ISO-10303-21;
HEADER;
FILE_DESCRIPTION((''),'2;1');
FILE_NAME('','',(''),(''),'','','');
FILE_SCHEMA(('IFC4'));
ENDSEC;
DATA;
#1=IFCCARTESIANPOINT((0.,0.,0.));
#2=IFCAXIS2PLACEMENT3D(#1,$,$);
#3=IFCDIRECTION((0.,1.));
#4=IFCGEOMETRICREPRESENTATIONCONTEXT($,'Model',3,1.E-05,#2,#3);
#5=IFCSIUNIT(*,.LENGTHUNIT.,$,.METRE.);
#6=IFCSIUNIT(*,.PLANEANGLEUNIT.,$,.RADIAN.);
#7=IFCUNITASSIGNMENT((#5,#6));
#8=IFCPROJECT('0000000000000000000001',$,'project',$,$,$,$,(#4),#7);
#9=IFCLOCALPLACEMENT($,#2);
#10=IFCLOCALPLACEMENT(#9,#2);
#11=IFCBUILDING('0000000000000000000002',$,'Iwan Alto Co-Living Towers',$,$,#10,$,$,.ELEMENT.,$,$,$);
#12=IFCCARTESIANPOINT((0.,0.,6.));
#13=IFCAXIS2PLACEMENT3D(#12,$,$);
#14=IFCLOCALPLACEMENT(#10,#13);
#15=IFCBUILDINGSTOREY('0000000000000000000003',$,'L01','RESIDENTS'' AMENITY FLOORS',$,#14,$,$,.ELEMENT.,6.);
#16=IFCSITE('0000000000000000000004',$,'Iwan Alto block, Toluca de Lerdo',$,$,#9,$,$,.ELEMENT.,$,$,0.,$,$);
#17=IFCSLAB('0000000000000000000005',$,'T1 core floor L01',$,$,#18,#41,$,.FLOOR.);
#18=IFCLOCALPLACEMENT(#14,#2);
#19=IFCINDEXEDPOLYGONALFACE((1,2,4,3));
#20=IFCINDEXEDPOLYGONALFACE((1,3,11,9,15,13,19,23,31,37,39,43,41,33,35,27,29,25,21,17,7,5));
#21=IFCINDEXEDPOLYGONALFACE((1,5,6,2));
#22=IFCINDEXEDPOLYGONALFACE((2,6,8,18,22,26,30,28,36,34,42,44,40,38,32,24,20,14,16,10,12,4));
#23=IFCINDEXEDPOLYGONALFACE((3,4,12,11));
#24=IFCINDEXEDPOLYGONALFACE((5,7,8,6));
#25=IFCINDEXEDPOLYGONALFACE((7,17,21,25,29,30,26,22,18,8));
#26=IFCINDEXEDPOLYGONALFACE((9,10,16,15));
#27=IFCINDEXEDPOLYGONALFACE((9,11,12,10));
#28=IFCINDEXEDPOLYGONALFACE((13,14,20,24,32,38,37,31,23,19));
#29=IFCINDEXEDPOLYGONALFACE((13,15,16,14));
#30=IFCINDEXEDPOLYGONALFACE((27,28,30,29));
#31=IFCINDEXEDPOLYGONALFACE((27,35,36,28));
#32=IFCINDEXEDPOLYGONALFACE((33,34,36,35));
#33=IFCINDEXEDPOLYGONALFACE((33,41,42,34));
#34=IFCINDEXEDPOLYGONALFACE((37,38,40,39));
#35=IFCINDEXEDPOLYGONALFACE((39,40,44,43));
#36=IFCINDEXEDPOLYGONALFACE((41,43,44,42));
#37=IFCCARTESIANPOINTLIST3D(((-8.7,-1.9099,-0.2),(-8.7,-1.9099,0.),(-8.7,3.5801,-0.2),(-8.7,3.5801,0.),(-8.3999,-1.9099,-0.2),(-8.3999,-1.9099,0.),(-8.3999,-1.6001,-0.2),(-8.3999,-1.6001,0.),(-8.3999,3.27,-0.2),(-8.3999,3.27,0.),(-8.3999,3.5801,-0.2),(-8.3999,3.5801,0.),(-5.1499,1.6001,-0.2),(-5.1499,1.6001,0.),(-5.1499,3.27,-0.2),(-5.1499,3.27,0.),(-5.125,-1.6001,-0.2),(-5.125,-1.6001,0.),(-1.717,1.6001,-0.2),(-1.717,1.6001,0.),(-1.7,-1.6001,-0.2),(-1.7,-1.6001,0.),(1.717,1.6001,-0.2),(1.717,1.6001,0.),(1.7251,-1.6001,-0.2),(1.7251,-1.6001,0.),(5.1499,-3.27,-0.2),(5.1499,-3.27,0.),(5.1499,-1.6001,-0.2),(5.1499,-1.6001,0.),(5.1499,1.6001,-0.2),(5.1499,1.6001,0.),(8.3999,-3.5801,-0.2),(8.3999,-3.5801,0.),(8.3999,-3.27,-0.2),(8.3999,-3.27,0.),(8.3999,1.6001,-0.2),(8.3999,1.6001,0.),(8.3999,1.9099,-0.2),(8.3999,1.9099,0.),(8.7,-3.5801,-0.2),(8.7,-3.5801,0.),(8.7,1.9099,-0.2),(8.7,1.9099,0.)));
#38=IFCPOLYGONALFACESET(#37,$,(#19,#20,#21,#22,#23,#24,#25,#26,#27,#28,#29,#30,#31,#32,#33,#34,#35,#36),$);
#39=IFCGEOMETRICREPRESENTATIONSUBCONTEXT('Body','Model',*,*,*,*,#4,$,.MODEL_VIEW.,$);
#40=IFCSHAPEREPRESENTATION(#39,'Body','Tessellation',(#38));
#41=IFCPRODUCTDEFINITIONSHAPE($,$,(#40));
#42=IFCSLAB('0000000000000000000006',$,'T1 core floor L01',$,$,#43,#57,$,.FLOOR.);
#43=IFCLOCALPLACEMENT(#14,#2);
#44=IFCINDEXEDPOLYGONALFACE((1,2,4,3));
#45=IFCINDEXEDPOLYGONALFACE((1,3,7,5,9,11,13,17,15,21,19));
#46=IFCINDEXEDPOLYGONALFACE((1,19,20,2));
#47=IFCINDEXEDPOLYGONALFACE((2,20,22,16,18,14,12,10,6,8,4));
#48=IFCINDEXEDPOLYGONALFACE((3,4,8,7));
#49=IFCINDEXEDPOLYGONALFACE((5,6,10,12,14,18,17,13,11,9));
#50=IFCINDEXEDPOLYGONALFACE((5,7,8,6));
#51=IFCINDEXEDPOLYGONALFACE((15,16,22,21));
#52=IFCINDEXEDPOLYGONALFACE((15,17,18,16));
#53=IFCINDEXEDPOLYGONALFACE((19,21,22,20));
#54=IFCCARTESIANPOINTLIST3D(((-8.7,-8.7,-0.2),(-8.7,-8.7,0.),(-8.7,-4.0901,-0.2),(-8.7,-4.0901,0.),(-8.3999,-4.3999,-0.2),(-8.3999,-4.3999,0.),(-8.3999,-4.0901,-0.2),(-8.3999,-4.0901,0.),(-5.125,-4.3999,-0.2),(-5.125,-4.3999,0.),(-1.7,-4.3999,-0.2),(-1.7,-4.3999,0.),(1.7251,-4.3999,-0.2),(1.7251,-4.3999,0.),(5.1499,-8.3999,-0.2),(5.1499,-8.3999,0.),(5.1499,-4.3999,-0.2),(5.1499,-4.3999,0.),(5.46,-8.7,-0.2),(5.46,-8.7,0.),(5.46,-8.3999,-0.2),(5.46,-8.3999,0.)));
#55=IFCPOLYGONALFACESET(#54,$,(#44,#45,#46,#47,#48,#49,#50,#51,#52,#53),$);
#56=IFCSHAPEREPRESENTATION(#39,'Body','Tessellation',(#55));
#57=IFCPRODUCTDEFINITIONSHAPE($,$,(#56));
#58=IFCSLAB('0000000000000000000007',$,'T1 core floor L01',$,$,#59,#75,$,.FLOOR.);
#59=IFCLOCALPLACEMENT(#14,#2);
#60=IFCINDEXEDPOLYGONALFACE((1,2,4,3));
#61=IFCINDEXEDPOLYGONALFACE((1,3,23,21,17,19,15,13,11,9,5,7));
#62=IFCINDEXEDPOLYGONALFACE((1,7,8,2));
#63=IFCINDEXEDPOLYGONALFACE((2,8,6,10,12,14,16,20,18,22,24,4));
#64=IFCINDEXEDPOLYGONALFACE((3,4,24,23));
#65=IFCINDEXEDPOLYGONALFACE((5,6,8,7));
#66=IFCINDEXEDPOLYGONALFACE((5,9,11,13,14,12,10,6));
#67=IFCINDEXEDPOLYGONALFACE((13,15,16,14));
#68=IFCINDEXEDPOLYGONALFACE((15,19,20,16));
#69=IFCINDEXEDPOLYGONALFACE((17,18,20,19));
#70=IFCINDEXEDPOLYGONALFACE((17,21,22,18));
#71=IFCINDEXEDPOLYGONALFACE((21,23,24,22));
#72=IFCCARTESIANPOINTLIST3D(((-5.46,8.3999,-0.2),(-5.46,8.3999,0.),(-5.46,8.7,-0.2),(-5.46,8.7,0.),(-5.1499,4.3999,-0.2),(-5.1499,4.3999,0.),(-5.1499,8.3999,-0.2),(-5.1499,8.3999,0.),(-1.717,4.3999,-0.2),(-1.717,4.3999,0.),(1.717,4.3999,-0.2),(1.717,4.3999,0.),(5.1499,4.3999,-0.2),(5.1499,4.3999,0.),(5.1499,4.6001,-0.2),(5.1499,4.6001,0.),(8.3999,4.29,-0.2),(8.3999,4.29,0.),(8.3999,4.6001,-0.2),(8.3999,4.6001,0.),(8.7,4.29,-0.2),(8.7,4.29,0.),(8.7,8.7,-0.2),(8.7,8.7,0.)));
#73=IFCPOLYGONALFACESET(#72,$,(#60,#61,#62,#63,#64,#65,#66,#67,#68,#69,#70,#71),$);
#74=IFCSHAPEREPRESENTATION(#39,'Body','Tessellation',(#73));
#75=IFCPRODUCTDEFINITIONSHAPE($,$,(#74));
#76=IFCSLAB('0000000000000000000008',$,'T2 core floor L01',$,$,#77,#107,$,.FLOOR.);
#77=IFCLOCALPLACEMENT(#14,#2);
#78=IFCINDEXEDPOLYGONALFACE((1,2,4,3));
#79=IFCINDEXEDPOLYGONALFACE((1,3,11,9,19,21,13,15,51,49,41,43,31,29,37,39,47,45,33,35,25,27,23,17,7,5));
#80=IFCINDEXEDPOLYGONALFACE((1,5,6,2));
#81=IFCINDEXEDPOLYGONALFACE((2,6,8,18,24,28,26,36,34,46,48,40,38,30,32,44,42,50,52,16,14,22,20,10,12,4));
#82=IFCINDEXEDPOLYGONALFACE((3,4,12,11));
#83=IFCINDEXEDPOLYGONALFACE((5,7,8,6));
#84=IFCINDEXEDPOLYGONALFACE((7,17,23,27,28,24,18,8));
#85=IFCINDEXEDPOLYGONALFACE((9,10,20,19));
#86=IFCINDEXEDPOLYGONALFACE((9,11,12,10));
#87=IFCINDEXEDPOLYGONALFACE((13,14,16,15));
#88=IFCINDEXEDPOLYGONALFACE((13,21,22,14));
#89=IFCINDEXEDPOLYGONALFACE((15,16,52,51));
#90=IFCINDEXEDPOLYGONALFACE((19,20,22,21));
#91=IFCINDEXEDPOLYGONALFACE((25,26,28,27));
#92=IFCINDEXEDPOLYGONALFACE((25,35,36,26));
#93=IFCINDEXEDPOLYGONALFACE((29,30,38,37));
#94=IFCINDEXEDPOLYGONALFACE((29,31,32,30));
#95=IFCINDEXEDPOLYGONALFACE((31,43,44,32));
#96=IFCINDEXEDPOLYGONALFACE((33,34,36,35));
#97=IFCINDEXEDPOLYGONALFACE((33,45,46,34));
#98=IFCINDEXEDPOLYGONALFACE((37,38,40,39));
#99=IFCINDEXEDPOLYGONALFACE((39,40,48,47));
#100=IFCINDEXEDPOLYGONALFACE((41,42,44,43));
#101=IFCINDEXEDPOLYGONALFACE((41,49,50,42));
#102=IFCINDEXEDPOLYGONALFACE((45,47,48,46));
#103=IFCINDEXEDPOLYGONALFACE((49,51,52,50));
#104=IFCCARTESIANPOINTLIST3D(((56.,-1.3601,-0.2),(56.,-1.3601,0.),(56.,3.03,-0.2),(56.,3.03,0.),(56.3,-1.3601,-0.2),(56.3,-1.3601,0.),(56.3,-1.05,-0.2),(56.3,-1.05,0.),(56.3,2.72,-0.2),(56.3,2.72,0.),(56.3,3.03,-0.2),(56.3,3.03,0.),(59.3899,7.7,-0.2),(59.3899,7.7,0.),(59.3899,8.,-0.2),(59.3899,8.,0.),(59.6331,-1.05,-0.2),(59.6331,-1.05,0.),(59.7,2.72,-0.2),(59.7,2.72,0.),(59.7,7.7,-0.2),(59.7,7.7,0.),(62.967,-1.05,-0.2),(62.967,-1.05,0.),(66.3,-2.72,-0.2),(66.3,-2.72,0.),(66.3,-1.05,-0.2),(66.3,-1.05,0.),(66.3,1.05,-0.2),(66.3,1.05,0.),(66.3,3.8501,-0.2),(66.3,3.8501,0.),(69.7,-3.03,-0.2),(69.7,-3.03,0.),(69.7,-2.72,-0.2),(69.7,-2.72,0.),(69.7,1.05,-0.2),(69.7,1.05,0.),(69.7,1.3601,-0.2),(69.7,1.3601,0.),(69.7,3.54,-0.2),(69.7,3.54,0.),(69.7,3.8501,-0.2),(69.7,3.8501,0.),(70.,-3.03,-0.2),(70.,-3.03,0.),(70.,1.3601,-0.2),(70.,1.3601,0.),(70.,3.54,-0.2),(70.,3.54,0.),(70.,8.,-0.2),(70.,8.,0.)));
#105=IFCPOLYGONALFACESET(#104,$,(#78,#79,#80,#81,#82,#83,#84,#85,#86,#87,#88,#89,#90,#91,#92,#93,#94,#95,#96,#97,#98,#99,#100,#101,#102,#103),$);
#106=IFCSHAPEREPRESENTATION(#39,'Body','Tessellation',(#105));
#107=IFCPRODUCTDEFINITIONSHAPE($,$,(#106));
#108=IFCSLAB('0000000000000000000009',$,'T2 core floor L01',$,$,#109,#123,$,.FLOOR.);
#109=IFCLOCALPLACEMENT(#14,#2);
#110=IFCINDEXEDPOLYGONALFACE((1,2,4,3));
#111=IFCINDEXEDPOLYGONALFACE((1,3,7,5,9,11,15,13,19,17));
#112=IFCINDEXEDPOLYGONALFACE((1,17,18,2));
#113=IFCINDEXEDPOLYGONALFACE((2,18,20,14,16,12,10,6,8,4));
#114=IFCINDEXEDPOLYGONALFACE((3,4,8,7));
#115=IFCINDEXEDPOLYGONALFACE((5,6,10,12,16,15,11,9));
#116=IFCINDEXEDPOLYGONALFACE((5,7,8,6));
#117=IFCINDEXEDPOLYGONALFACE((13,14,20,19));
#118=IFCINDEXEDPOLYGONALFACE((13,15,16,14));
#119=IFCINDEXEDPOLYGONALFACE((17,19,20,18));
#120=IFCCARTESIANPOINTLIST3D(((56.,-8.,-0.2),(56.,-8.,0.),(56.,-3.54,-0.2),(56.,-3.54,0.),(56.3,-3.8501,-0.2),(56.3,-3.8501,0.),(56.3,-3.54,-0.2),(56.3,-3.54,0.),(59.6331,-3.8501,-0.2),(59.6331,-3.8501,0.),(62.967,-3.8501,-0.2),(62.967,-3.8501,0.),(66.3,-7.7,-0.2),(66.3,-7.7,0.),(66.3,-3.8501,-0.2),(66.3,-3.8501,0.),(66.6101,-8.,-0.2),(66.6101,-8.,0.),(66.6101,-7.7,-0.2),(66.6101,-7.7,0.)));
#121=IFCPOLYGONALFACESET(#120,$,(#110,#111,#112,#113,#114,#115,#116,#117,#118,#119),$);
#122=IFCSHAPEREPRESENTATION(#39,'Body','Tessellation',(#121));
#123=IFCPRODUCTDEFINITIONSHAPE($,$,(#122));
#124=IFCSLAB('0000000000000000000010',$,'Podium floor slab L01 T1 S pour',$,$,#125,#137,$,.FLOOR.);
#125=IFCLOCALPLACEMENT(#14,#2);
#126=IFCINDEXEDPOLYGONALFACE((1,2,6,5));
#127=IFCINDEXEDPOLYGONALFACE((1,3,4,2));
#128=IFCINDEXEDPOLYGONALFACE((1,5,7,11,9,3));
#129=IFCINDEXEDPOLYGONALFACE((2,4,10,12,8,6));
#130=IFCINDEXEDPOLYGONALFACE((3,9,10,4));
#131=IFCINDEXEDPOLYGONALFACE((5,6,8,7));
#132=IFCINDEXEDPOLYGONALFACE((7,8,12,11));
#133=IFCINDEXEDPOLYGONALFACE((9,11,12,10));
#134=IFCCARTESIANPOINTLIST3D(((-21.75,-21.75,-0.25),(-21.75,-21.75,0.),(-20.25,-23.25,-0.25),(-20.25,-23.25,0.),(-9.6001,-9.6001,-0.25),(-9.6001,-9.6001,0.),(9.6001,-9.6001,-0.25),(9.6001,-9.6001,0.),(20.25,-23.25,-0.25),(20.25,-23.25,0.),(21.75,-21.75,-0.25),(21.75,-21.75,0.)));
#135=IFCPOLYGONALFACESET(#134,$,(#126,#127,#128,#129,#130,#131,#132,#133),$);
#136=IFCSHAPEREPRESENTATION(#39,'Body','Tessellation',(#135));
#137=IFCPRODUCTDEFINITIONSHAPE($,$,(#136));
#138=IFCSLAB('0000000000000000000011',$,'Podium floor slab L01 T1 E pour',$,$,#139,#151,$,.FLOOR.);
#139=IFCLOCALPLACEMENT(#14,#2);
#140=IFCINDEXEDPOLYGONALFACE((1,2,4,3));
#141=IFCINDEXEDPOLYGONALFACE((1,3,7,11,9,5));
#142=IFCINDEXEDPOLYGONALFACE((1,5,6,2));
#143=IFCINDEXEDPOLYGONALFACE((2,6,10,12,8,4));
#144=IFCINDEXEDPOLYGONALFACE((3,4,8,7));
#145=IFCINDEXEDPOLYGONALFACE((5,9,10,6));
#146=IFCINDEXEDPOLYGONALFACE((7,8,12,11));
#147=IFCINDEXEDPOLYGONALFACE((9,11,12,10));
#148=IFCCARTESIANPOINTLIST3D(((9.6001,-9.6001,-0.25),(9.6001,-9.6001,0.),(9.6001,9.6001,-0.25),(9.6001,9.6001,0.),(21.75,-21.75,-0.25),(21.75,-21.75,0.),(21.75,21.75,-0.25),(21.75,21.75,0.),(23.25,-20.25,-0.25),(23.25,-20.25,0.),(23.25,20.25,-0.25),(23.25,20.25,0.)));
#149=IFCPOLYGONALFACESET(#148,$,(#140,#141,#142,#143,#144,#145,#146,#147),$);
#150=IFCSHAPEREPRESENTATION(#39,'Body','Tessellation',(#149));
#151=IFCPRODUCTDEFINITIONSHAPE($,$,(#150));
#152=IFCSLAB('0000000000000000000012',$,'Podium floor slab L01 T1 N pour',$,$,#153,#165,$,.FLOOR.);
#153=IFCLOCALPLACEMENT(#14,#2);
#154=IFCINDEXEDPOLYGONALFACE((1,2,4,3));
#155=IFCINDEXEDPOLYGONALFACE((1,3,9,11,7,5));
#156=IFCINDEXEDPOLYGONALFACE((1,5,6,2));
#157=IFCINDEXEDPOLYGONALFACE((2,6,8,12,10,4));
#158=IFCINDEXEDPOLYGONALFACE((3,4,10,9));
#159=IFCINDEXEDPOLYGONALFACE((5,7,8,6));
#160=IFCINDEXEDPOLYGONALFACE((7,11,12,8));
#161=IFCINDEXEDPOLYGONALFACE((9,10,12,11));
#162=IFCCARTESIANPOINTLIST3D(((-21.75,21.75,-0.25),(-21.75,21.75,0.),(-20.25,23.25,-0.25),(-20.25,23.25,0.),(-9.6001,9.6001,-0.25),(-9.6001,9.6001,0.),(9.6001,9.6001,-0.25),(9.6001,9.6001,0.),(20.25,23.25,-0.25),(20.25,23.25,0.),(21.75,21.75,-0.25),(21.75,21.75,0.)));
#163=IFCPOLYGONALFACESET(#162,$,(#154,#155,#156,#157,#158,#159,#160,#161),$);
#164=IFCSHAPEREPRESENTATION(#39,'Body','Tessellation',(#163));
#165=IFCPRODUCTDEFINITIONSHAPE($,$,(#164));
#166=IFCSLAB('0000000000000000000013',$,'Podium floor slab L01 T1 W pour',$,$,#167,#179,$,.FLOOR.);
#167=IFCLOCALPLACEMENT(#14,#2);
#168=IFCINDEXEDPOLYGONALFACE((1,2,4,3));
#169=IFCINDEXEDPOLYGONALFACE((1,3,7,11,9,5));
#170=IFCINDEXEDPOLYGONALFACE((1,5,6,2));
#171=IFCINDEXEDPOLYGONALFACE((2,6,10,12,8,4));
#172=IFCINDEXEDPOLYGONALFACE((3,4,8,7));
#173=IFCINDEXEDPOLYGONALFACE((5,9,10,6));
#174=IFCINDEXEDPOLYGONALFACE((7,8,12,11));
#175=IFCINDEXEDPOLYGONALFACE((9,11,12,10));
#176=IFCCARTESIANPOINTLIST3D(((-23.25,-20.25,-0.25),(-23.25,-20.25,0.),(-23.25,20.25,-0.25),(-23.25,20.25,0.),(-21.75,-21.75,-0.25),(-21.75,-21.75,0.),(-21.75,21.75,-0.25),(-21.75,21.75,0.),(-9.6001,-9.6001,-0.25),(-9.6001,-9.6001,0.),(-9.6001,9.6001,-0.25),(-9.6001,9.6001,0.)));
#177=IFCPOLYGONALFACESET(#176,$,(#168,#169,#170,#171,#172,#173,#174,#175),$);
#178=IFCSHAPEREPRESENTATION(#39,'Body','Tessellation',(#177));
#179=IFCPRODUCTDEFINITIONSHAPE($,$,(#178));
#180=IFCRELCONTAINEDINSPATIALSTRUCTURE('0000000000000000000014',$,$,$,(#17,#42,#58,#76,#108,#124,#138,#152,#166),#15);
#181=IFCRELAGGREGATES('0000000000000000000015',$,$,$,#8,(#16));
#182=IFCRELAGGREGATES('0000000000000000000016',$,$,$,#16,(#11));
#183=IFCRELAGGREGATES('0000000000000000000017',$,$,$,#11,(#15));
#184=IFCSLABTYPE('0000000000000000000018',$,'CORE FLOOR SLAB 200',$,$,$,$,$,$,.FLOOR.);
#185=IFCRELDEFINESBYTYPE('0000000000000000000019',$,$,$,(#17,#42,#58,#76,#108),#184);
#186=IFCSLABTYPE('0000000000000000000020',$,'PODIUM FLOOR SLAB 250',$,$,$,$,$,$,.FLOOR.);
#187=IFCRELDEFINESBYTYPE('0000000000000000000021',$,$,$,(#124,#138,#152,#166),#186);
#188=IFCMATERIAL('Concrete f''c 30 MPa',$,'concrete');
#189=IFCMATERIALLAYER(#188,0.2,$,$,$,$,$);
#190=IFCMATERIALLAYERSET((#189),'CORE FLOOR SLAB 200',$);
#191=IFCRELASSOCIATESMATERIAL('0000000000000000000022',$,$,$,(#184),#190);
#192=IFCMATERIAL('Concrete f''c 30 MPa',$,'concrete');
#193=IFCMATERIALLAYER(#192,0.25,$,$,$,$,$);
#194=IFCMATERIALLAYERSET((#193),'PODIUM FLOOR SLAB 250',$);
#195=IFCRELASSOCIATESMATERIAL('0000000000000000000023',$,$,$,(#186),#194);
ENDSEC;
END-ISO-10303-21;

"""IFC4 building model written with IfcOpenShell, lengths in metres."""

from ifc_helpers import new_model, si_unit, direction, frame, origin, place, context, subcontext, project, spatial, polyline, outline, extrude, material, layer, layer_set, type_object, element, save


model = new_model("IFC4")

# Units and contexts
model_context = context("Model", 3, precision=1e-05, world=origin(), true_north=direction((0.0, 1.0)))
body_context = subcontext(model_context, "Body", "Model", "MODEL_VIEW")
ifc_project = project(units=[si_unit("LENGTHUNIT", "METRE"), si_unit("PLANEANGLEUNIT", "RADIAN")], contexts=[model_context])

# Site, building, storey
site_placement = place(None, origin())
site = spatial("IfcSite", under=ifc_project, at=site_placement, Name="Iwan Alto block, Toluca de Lerdo", CompositionType="ELEMENT", RefElevation=0.0)
building_placement = place(site_placement, origin())
building = spatial("IfcBuilding", under=site, at=building_placement, Name="Iwan Alto Co-Living Towers", CompositionType="ELEMENT")
storey_placement = place(building_placement, frame((0.0, 0.0, 6.0)))
storey = spatial("IfcBuildingStorey", under=building, at=storey_placement, Name="L01", Description="RESIDENTS' AMENITY FLOORS", CompositionType="ELEMENT", Elevation=6.0)

# Slabs
ifc_material_1 = material(Name="Concrete f'c 30 MPa", Category="concrete")
ifc_layer_1 = layer(ifc_material_1, 0.2)
ifc_layer_set_1 = layer_set([ifc_layer_1], Name="CORE FLOOR SLAB 200")
slab_type_1 = type_object("IfcSlabType", Name="CORE FLOOR SLAB 200", PredefinedType="FLOOR", material=ifc_layer_set_1)
slab_1_placement = place(storey_placement, frame((0.0, 0.0, -0.2)))
element("IfcSlab", 1, at=slab_1_placement, inside=storey, type_object=slab_type_1, Name="T1 core floor L01", PredefinedType="FLOOR", context=body_context, shape_type="SweptSolid", body=[
    extrude(outline(polyline([(8.7, -3.5801), (8.3999, -3.5801), (8.3999, -3.27), (5.1499, -3.27), (5.1499, -1.6001), (1.7251, -1.6001), (-1.7, -1.6001), (-5.125, -1.6001), (-8.3999, -1.6001), (-8.3999, -1.9099), (-8.7, -1.9099), (-8.7, 3.5801), (-8.3999, 3.5801), (-8.3999, 3.27), (-5.1499, 3.27), (-5.1499, 1.6001), (-1.717, 1.6001), (1.717, 1.6001), (5.1499, 1.6001), (8.3999, 1.6001), (8.3999, 1.9099), (8.7, 1.9099), (8.7, -3.5801)])), origin(), (0.0, 0.0, 1.0), 0.2),
])
slab_2_placement = place(storey_placement, frame((0.0, 0.0, -0.2)))
element("IfcSlab", 2, at=slab_2_placement, inside=storey, type_object=slab_type_1, Name="T1 core floor L01", PredefinedType="FLOOR", context=body_context, shape_type="SweptSolid", body=[
    extrude(outline(polyline([(-1.7, -4.3999), (1.7251, -4.3999), (5.1499, -4.3999), (5.1499, -8.3999), (5.46, -8.3999), (5.46, -8.7), (-8.7, -8.7), (-8.7, -4.0901), (-8.3999, -4.0901), (-8.3999, -4.3999), (-5.125, -4.3999), (-1.7, -4.3999)])), origin(), (0.0, 0.0, 1.0), 0.2),
])
slab_3_placement = place(storey_placement, frame((0.0, 0.0, -0.2)))
element("IfcSlab", 3, at=slab_3_placement, inside=storey, type_object=slab_type_1, Name="T1 core floor L01", PredefinedType="FLOOR", context=body_context, shape_type="SweptSolid", body=[
    extrude(outline(polyline([(1.717, 4.3999), (-1.717, 4.3999), (-5.1499, 4.3999), (-5.1499, 8.3999), (-5.46, 8.3999), (-5.46, 8.7), (8.7, 8.7), (8.7, 4.29), (8.3999, 4.29), (8.3999, 4.6001), (5.1499, 4.6001), (5.1499, 4.3999), (1.717, 4.3999)])), origin(), (0.0, 0.0, 1.0), 0.2),
])
slab_4_placement = place(storey_placement, frame((0.0, 0.0, -0.2)))
element("IfcSlab", 4, at=slab_4_placement, inside=storey, type_object=slab_type_1, Name="T2 core floor L01", PredefinedType="FLOOR", context=body_context, shape_type="SweptSolid", body=[
    extrude(outline(polyline([(70.0, -3.03), (69.7, -3.03), (69.7, -2.72), (66.3, -2.72), (66.3, -1.05), (62.967, -1.05), (59.6331, -1.05), (56.3, -1.05), (56.3, -1.3601), (56.0, -1.3601), (56.0, 3.03), (56.3, 3.03), (56.3, 2.72), (59.7, 2.72), (59.7, 7.7), (59.3899, 7.7), (59.3899, 8.0), (70.0, 8.0), (70.0, 3.54), (69.7, 3.54), (69.7, 3.8501), (66.3, 3.8501), (66.3, 1.05), (69.7, 1.05), (69.7, 1.3601), (70.0, 1.3601), (70.0, -3.03)])), origin(), (0.0, 0.0, 1.0), 0.2),
])
slab_5_placement = place(storey_placement, frame((0.0, 0.0, -0.2)))
element("IfcSlab", 5, at=slab_5_placement, inside=storey, type_object=slab_type_1, Name="T2 core floor L01", PredefinedType="FLOOR", context=body_context, shape_type="SweptSolid", body=[
    extrude(outline(polyline([(62.967, -3.8501), (66.3, -3.8501), (66.3, -7.7), (66.6101, -7.7), (66.6101, -8.0), (56.0, -8.0), (56.0, -3.54), (56.3, -3.54), (56.3, -3.8501), (59.6331, -3.8501), (62.967, -3.8501)])), origin(), (0.0, 0.0, 1.0), 0.2),
])
ifc_material_2 = material(Name="Concrete f'c 30 MPa", Category="concrete")
ifc_layer_2 = layer(ifc_material_2, 0.25)
ifc_layer_set_2 = layer_set([ifc_layer_2], Name="PODIUM FLOOR SLAB 250")
slab_type_2 = type_object("IfcSlabType", Name="PODIUM FLOOR SLAB 250", PredefinedType="FLOOR", material=ifc_layer_set_2)
slab_6_placement = place(storey_placement, frame((0.0, 0.0, -0.25)))
element("IfcSlab", 6, at=slab_6_placement, inside=storey, type_object=slab_type_2, Name="Podium floor slab L01 T1 S pour", PredefinedType="FLOOR", context=body_context, shape_type="SweptSolid", body=[
    extrude(outline(polyline([(20.25, -23.25), (-20.25, -23.25), (-21.75, -21.75), (-9.6001, -9.6001), (9.6001, -9.6001), (21.75, -21.75), (20.25, -23.25)])), origin(), (0.0, 0.0, 1.0), 0.25),
])
slab_7_placement = place(storey_placement, frame((0.0, 0.0, -0.25)))
element("IfcSlab", 7, at=slab_7_placement, inside=storey, type_object=slab_type_2, Name="Podium floor slab L01 T1 E pour", PredefinedType="FLOOR", context=body_context, shape_type="SweptSolid", body=[
    extrude(outline(polyline([(23.25, 20.25), (23.25, -20.25), (21.75, -21.75), (9.6001, -9.6001), (9.6001, 9.6001), (21.75, 21.75), (23.25, 20.25)])), origin(), (0.0, 0.0, 1.0), 0.25),
])
slab_8_placement = place(storey_placement, frame((0.0, 0.0, -0.25)))
element("IfcSlab", 8, at=slab_8_placement, inside=storey, type_object=slab_type_2, Name="Podium floor slab L01 T1 N pour", PredefinedType="FLOOR", context=body_context, shape_type="SweptSolid", body=[
    extrude(outline(polyline([(-20.25, 23.25), (20.25, 23.25), (21.75, 21.75), (9.6001, 9.6001), (-9.6001, 9.6001), (-21.75, 21.75), (-20.25, 23.25)])), origin(), (0.0, 0.0, 1.0), 0.25),
])
slab_9_placement = place(storey_placement, frame((0.0, 0.0, -0.25)))
element("IfcSlab", 9, at=slab_9_placement, inside=storey, type_object=slab_type_2, Name="Podium floor slab L01 T1 W pour", PredefinedType="FLOOR", context=body_context, shape_type="SweptSolid", body=[
    extrude(outline(polyline([(-23.25, 20.25), (-21.75, 21.75), (-9.6001, 9.6001), (-9.6001, -9.6001), (-21.75, -21.75), (-23.25, -20.25), (-23.25, 20.25)])), origin(), (0.0, 0.0, 1.0), 0.25),
])

save(model, "model.ifc")
